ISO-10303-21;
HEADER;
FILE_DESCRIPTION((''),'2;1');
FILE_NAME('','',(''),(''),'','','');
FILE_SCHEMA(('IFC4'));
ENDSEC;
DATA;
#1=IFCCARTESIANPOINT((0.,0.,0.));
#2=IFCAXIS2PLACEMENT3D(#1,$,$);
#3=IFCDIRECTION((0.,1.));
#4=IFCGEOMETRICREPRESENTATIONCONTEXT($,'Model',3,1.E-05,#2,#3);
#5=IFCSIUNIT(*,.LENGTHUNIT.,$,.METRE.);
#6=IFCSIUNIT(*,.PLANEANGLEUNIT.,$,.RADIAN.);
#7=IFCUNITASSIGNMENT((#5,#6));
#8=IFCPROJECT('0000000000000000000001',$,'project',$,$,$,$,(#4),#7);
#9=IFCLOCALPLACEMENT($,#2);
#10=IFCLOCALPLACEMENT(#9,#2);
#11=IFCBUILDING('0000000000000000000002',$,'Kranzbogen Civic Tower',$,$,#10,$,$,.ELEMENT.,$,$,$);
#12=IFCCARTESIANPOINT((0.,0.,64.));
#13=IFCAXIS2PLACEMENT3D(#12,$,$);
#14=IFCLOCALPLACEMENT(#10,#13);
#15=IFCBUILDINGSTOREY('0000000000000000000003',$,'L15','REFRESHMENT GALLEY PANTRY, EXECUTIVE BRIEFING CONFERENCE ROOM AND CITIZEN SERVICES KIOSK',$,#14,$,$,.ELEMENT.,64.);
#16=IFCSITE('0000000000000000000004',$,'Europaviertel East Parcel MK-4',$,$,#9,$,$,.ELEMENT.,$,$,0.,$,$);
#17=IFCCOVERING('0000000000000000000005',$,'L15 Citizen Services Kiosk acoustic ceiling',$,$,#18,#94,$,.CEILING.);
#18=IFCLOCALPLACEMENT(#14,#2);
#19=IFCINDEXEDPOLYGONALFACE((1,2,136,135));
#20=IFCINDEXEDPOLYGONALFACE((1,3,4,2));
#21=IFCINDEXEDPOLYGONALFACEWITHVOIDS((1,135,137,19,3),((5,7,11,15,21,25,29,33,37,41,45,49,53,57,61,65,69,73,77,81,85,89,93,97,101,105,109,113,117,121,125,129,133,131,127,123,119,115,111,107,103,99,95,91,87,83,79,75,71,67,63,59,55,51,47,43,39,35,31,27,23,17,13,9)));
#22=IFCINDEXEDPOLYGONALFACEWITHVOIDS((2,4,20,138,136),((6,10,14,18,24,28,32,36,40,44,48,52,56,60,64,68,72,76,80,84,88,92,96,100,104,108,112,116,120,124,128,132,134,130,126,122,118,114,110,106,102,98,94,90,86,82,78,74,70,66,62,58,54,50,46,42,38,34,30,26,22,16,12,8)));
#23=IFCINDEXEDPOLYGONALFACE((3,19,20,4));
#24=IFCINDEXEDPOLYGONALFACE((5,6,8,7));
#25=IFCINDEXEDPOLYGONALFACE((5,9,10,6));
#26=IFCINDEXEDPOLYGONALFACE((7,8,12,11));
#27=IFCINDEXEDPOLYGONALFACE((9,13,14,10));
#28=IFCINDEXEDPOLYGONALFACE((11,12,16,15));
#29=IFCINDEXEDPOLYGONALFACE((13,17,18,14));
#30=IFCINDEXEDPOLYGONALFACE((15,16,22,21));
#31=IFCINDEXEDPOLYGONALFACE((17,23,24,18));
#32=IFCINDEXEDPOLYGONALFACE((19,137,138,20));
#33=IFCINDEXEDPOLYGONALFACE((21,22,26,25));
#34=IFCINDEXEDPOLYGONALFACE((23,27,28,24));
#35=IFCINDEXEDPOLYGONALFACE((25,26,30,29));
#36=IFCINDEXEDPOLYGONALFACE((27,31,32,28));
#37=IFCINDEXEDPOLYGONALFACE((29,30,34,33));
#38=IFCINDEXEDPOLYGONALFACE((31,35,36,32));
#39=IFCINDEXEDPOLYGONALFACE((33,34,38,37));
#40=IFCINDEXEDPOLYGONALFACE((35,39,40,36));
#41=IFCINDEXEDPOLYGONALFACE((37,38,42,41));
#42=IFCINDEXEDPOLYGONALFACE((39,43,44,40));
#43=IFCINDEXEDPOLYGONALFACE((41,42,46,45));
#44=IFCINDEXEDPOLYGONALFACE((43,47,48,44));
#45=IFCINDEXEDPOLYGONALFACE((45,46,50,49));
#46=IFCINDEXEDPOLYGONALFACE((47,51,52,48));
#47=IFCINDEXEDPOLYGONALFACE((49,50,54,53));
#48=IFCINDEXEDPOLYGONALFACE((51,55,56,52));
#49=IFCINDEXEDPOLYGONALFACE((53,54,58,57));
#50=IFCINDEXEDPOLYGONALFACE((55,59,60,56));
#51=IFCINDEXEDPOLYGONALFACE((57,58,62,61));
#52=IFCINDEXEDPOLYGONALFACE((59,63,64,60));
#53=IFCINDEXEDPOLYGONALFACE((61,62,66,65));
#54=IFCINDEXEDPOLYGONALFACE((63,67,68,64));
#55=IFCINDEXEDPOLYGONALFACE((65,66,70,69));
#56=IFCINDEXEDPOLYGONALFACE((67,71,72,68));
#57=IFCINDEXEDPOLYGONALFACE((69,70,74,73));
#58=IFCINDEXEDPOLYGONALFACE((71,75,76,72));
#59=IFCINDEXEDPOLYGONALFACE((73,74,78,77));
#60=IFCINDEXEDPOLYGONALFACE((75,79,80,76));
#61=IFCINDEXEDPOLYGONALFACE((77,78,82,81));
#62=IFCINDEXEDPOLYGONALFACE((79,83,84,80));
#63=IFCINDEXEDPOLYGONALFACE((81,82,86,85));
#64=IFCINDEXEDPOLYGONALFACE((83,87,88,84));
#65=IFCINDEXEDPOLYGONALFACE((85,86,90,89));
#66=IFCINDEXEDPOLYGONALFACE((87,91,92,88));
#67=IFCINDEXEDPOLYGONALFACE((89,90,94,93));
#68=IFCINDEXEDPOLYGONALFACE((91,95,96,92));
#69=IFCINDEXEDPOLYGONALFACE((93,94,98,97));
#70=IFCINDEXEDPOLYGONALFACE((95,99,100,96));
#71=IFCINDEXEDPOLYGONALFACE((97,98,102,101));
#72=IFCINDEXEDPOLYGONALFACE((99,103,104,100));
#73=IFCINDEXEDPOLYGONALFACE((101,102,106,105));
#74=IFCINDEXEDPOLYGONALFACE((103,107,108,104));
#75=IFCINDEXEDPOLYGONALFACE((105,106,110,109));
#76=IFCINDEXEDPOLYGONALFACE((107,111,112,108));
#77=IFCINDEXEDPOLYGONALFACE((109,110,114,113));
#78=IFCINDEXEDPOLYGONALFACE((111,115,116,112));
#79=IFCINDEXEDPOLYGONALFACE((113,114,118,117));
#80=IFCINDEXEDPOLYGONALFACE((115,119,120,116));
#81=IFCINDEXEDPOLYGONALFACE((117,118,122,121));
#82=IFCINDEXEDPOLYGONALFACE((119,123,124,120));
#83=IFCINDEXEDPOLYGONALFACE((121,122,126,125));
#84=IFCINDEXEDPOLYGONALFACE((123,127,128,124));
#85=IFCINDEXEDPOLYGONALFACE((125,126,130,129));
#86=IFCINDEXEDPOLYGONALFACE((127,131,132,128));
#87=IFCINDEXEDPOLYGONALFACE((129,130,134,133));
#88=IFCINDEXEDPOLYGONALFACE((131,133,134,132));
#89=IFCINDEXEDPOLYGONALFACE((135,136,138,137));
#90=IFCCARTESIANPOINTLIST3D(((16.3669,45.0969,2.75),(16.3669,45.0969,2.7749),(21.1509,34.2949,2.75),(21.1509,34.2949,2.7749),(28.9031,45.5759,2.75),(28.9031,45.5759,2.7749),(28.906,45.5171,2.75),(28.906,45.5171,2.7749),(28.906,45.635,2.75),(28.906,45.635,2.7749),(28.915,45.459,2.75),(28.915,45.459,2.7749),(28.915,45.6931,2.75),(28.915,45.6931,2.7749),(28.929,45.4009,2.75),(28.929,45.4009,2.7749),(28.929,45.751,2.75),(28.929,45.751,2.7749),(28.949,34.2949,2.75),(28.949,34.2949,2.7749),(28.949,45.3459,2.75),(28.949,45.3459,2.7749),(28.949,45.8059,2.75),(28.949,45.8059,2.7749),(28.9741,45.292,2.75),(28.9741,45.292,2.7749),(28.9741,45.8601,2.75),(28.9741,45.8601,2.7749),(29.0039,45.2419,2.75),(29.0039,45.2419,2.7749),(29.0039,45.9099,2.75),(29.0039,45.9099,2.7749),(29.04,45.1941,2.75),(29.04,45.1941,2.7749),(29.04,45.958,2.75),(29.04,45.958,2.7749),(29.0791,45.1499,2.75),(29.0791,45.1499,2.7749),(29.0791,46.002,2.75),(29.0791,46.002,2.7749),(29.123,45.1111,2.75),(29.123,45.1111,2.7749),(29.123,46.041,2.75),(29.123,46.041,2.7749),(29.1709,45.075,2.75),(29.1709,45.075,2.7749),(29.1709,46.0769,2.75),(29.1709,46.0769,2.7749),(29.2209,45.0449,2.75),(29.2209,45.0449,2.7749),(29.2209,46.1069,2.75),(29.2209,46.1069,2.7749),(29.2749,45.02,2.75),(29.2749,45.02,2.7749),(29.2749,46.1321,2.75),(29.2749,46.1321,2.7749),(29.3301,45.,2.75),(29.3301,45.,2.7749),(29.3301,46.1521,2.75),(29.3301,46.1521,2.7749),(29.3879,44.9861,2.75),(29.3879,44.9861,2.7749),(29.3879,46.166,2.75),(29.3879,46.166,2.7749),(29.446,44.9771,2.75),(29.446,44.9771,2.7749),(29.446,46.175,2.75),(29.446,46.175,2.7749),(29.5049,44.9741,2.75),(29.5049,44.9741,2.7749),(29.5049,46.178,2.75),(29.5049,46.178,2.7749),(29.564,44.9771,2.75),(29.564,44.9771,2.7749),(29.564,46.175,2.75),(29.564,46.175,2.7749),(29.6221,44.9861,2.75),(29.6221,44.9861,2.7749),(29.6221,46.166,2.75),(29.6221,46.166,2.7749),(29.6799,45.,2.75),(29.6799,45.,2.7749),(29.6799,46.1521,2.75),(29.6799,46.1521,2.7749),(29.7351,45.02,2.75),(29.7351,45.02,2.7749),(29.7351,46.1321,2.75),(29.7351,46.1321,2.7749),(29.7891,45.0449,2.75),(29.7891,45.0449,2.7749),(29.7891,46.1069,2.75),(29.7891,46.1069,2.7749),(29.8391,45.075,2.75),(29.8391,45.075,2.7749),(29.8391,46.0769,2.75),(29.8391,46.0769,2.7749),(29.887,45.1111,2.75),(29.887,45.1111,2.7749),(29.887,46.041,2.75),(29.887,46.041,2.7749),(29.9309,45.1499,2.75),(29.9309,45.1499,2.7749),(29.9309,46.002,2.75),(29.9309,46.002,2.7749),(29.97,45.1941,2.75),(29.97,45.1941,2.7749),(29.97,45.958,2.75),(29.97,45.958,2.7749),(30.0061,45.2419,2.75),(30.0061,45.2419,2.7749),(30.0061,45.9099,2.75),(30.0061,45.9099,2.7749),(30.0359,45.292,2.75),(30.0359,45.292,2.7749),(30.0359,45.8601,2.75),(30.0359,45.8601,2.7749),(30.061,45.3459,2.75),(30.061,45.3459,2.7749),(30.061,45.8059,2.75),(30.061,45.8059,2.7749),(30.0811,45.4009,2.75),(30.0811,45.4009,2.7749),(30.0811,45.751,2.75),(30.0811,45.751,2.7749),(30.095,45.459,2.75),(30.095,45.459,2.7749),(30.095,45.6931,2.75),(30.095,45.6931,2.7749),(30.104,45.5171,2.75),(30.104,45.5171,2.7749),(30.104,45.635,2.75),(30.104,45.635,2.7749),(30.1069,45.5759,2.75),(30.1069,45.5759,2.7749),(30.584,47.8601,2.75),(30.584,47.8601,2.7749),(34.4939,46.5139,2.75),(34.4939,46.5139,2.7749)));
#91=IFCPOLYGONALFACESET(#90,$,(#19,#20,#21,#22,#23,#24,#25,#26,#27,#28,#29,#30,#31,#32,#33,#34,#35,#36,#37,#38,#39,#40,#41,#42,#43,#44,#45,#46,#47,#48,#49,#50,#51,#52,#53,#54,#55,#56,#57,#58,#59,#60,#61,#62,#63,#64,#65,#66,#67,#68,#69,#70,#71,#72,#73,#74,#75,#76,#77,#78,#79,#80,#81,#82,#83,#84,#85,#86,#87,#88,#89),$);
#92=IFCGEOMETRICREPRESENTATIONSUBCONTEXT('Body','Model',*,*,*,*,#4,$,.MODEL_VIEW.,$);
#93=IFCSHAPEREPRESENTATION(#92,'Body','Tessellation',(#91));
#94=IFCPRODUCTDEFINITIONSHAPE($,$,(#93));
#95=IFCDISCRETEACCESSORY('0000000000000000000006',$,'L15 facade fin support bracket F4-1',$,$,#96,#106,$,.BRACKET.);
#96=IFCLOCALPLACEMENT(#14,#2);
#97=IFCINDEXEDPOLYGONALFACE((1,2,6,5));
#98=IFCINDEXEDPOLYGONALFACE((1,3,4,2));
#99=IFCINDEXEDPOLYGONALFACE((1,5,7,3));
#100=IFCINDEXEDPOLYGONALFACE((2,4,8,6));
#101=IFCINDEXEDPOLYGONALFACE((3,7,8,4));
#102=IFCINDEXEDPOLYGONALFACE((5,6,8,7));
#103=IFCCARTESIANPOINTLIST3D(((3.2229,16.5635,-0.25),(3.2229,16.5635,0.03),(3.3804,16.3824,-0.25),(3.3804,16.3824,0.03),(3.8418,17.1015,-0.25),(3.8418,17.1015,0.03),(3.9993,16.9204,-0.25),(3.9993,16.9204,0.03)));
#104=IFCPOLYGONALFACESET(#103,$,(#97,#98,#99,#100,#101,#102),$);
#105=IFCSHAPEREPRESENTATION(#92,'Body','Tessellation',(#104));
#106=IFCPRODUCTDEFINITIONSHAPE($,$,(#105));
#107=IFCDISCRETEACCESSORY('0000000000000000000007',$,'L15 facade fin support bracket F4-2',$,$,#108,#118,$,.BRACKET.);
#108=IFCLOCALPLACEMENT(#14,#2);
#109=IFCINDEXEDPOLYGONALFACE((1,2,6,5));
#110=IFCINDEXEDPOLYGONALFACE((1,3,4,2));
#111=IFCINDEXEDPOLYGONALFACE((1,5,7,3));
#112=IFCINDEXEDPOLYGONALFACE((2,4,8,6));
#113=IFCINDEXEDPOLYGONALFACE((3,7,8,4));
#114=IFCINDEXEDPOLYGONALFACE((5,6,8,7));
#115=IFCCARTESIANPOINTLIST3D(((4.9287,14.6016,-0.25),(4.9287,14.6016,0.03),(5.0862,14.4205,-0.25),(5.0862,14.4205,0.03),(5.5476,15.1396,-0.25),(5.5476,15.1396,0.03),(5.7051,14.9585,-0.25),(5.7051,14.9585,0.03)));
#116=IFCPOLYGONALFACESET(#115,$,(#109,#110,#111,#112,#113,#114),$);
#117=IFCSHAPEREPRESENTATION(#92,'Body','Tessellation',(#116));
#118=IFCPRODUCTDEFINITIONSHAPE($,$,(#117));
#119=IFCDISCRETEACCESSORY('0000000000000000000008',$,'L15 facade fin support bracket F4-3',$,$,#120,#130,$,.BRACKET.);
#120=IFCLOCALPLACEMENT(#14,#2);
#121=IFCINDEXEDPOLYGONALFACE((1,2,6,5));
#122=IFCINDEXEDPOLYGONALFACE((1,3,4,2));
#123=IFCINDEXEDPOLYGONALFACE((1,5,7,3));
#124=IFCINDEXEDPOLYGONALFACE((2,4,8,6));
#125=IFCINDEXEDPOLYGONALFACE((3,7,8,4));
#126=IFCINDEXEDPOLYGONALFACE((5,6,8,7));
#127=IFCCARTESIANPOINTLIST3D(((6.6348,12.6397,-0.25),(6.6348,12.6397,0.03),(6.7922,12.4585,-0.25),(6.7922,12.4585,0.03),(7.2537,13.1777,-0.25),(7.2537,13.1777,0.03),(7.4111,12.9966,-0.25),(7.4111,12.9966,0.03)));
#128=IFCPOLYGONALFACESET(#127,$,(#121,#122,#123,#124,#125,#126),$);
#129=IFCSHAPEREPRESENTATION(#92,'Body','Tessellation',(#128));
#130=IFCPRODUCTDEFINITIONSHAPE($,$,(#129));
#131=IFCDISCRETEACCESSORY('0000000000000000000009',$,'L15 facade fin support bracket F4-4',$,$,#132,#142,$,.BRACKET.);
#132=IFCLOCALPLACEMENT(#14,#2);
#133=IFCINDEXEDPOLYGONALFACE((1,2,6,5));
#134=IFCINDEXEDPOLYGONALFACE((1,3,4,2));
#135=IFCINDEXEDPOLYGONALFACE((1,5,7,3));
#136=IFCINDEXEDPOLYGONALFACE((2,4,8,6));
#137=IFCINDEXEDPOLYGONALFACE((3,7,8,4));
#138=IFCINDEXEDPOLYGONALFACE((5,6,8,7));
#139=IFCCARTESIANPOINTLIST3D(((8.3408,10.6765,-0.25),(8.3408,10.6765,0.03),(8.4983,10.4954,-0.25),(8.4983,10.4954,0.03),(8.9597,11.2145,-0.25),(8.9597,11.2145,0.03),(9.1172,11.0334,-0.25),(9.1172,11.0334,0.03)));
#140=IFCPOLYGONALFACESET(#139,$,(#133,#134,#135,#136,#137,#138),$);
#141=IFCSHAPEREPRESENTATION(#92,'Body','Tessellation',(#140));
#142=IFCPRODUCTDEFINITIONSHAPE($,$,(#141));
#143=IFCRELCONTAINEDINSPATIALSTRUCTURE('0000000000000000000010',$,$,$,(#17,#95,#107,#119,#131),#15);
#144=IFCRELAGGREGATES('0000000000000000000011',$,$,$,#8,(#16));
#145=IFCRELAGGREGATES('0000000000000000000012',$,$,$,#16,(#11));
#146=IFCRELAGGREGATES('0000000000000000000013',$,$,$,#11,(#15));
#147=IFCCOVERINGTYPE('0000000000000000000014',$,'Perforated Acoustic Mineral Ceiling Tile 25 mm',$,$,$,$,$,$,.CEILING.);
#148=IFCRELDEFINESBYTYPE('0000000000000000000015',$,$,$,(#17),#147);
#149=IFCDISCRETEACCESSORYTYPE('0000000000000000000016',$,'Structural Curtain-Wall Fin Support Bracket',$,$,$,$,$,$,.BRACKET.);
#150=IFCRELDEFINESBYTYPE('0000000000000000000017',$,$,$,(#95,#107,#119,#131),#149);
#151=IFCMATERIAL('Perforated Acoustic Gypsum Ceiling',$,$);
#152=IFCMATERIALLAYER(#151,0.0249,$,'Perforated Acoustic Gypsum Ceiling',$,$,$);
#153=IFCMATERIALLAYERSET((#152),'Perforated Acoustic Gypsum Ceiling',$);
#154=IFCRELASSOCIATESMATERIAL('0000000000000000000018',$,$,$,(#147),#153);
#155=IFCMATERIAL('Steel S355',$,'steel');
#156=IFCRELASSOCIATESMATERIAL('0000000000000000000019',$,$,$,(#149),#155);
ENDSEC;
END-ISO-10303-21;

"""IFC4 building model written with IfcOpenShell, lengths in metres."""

from ifc_helpers import new_model, si_unit, direction, frame, origin, origin_2d, place, context, subcontext, project, spatial, polyline, rectangle, outline, extrude, material, layer, layer_set, type_object, element, save


model = new_model("IFC4")

# Units and contexts
model_context = context("Model", 3, precision=1e-05, world=origin(), true_north=direction((0.0, 1.0)))
body_context = subcontext(model_context, "Body", "Model", "MODEL_VIEW")
ifc_project = project(units=[si_unit("LENGTHUNIT", "METRE"), si_unit("PLANEANGLEUNIT", "RADIAN")], contexts=[model_context])

# Site, building, storey
site_placement = place(None, origin())
site = spatial("IfcSite", under=ifc_project, at=site_placement, Name="Europaviertel East Parcel MK-4", CompositionType="ELEMENT", RefElevation=0.0)
building_placement = place(site_placement, origin())
building = spatial("IfcBuilding", under=site, at=building_placement, Name="Kranzbogen Civic Tower", CompositionType="ELEMENT")
storey_placement = place(building_placement, frame((0.0, 0.0, 64.0)))
storey = spatial("IfcBuildingStorey", under=building, at=storey_placement, Name="L15", Description="REFRESHMENT GALLEY PANTRY, EXECUTIVE BRIEFING CONFERENCE ROOM AND CITIZEN SERVICES KIOSK", CompositionType="ELEMENT", Elevation=64.0)

# Shared definitions
ifc_material_1 = material(Name="Steel S355", Category="steel")

# Covering
ifc_material_2 = material(Name="Perforated Acoustic Gypsum Ceiling")
ifc_layer_1 = layer(ifc_material_2, 0.0249, Name="Perforated Acoustic Gypsum Ceiling")
ifc_layer_set_1 = layer_set([ifc_layer_1], Name="Perforated Acoustic Gypsum Ceiling")
covering_type_1 = type_object("IfcCoveringType", Name="Perforated Acoustic Mineral Ceiling Tile 25 mm", PredefinedType="CEILING", material=ifc_layer_set_1)
covering_1_placement = place(storey_placement, frame((0.0, 0.0, 2.75)))
element("IfcCovering", 1, at=covering_1_placement, inside=storey, type_object=covering_type_1, Name="L15 Citizen Services Kiosk acoustic ceiling", PredefinedType="CEILING", context=body_context, shape_type="SweptSolid", body=[
    extrude(outline(polyline([(34.4939, 46.5139), (28.949, 34.2949), (21.1509, 34.2949), (16.3669, 45.0969), (30.584, 47.8601), (34.4939, 46.5139)]), holes=[polyline([(30.061, 45.3459), (30.0359, 45.292), (30.0061, 45.2419), (29.97, 45.1941), (29.9309, 45.1499), (29.887, 45.1111), (29.8391, 45.075), (29.7891, 45.0449), (29.7351, 45.02), (29.6799, 45.0), (29.6221, 44.9861), (29.564, 44.9771), (29.5049, 44.9741), (29.446, 44.9771), (29.3879, 44.9861), (29.3301, 45.0), (29.2749, 45.02), (29.2209, 45.0449), (29.1709, 45.075), (29.123, 45.1111), (29.0791, 45.1499), (29.04, 45.1941), (29.0039, 45.2419), (28.9741, 45.292), (28.949, 45.3459), (28.929, 45.4009), (28.915, 45.459), (28.906, 45.5171), (28.9031, 45.5759), (28.906, 45.635), (28.915, 45.6931), (28.929, 45.751), (28.949, 45.8059), (28.9741, 45.8601), (29.0039, 45.9099), (29.04, 45.958), (29.0791, 46.002), (29.123, 46.041), (29.1709, 46.0769), (29.2209, 46.1069), (29.2749, 46.1321), (29.3301, 46.1521), (29.3879, 46.166), (29.446, 46.175), (29.5049, 46.178), (29.564, 46.175), (29.6221, 46.166), (29.6799, 46.1521), (29.7351, 46.1321), (29.7891, 46.1069), (29.8391, 46.0769), (29.887, 46.041), (29.9309, 46.002), (29.97, 45.958), (30.0061, 45.9099), (30.0359, 45.8601), (30.061, 45.8059), (30.0811, 45.751), (30.095, 45.6931), (30.104, 45.635), (30.1069, 45.5759), (30.104, 45.5171), (30.095, 45.459), (30.0811, 45.4009), (30.061, 45.3459)])]), origin(), (0.0, 0.0, 1.0), 0.0249),
])

# Discrete accessories
discrete_accessory_type = type_object("IfcDiscreteAccessoryType", Name="Structural Curtain-Wall Fin Support Bracket", PredefinedType="BRACKET", material=ifc_material_1)
for number, where, z_axis, x_axis, name in (
    (2, (3.6111, 16.7419, -0.25), (0.0, 0.0, 1.0), (-0.75471, -0.656059, 0.0), "L15 facade fin support bracket F4-1"),
    (3, (5.3169, 14.78, -0.25), (0.0, 0.0, 1.0), (-0.75471, -0.656059, 0.0), "L15 facade fin support bracket F4-2"),
    (4, (7.0229, 12.8181, -0.25), (0.0, 0.0, 1.0), (-0.75471, -0.656059, 0.0), "L15 facade fin support bracket F4-3"),
    (5, (8.729, 10.855, -0.25), (0.0, 0.0, 1.0), (-0.75471, -0.656059, 0.0), "L15 facade fin support bracket F4-4"),
):
    element("IfcDiscreteAccessory", number, at=place(storey_placement, frame(where, z_axis=z_axis, x_axis=x_axis)), inside=storey, type_object=discrete_accessory_type, Name=name, PredefinedType="BRACKET", context=body_context, shape_type="SweptSolid", body=[
        extrude(rectangle(XDim=0.8201, YDim=0.24, at=origin_2d()), origin(), (0.0, 0.0, 1.0), 0.28),
    ])

save(model, "model.ifc")
